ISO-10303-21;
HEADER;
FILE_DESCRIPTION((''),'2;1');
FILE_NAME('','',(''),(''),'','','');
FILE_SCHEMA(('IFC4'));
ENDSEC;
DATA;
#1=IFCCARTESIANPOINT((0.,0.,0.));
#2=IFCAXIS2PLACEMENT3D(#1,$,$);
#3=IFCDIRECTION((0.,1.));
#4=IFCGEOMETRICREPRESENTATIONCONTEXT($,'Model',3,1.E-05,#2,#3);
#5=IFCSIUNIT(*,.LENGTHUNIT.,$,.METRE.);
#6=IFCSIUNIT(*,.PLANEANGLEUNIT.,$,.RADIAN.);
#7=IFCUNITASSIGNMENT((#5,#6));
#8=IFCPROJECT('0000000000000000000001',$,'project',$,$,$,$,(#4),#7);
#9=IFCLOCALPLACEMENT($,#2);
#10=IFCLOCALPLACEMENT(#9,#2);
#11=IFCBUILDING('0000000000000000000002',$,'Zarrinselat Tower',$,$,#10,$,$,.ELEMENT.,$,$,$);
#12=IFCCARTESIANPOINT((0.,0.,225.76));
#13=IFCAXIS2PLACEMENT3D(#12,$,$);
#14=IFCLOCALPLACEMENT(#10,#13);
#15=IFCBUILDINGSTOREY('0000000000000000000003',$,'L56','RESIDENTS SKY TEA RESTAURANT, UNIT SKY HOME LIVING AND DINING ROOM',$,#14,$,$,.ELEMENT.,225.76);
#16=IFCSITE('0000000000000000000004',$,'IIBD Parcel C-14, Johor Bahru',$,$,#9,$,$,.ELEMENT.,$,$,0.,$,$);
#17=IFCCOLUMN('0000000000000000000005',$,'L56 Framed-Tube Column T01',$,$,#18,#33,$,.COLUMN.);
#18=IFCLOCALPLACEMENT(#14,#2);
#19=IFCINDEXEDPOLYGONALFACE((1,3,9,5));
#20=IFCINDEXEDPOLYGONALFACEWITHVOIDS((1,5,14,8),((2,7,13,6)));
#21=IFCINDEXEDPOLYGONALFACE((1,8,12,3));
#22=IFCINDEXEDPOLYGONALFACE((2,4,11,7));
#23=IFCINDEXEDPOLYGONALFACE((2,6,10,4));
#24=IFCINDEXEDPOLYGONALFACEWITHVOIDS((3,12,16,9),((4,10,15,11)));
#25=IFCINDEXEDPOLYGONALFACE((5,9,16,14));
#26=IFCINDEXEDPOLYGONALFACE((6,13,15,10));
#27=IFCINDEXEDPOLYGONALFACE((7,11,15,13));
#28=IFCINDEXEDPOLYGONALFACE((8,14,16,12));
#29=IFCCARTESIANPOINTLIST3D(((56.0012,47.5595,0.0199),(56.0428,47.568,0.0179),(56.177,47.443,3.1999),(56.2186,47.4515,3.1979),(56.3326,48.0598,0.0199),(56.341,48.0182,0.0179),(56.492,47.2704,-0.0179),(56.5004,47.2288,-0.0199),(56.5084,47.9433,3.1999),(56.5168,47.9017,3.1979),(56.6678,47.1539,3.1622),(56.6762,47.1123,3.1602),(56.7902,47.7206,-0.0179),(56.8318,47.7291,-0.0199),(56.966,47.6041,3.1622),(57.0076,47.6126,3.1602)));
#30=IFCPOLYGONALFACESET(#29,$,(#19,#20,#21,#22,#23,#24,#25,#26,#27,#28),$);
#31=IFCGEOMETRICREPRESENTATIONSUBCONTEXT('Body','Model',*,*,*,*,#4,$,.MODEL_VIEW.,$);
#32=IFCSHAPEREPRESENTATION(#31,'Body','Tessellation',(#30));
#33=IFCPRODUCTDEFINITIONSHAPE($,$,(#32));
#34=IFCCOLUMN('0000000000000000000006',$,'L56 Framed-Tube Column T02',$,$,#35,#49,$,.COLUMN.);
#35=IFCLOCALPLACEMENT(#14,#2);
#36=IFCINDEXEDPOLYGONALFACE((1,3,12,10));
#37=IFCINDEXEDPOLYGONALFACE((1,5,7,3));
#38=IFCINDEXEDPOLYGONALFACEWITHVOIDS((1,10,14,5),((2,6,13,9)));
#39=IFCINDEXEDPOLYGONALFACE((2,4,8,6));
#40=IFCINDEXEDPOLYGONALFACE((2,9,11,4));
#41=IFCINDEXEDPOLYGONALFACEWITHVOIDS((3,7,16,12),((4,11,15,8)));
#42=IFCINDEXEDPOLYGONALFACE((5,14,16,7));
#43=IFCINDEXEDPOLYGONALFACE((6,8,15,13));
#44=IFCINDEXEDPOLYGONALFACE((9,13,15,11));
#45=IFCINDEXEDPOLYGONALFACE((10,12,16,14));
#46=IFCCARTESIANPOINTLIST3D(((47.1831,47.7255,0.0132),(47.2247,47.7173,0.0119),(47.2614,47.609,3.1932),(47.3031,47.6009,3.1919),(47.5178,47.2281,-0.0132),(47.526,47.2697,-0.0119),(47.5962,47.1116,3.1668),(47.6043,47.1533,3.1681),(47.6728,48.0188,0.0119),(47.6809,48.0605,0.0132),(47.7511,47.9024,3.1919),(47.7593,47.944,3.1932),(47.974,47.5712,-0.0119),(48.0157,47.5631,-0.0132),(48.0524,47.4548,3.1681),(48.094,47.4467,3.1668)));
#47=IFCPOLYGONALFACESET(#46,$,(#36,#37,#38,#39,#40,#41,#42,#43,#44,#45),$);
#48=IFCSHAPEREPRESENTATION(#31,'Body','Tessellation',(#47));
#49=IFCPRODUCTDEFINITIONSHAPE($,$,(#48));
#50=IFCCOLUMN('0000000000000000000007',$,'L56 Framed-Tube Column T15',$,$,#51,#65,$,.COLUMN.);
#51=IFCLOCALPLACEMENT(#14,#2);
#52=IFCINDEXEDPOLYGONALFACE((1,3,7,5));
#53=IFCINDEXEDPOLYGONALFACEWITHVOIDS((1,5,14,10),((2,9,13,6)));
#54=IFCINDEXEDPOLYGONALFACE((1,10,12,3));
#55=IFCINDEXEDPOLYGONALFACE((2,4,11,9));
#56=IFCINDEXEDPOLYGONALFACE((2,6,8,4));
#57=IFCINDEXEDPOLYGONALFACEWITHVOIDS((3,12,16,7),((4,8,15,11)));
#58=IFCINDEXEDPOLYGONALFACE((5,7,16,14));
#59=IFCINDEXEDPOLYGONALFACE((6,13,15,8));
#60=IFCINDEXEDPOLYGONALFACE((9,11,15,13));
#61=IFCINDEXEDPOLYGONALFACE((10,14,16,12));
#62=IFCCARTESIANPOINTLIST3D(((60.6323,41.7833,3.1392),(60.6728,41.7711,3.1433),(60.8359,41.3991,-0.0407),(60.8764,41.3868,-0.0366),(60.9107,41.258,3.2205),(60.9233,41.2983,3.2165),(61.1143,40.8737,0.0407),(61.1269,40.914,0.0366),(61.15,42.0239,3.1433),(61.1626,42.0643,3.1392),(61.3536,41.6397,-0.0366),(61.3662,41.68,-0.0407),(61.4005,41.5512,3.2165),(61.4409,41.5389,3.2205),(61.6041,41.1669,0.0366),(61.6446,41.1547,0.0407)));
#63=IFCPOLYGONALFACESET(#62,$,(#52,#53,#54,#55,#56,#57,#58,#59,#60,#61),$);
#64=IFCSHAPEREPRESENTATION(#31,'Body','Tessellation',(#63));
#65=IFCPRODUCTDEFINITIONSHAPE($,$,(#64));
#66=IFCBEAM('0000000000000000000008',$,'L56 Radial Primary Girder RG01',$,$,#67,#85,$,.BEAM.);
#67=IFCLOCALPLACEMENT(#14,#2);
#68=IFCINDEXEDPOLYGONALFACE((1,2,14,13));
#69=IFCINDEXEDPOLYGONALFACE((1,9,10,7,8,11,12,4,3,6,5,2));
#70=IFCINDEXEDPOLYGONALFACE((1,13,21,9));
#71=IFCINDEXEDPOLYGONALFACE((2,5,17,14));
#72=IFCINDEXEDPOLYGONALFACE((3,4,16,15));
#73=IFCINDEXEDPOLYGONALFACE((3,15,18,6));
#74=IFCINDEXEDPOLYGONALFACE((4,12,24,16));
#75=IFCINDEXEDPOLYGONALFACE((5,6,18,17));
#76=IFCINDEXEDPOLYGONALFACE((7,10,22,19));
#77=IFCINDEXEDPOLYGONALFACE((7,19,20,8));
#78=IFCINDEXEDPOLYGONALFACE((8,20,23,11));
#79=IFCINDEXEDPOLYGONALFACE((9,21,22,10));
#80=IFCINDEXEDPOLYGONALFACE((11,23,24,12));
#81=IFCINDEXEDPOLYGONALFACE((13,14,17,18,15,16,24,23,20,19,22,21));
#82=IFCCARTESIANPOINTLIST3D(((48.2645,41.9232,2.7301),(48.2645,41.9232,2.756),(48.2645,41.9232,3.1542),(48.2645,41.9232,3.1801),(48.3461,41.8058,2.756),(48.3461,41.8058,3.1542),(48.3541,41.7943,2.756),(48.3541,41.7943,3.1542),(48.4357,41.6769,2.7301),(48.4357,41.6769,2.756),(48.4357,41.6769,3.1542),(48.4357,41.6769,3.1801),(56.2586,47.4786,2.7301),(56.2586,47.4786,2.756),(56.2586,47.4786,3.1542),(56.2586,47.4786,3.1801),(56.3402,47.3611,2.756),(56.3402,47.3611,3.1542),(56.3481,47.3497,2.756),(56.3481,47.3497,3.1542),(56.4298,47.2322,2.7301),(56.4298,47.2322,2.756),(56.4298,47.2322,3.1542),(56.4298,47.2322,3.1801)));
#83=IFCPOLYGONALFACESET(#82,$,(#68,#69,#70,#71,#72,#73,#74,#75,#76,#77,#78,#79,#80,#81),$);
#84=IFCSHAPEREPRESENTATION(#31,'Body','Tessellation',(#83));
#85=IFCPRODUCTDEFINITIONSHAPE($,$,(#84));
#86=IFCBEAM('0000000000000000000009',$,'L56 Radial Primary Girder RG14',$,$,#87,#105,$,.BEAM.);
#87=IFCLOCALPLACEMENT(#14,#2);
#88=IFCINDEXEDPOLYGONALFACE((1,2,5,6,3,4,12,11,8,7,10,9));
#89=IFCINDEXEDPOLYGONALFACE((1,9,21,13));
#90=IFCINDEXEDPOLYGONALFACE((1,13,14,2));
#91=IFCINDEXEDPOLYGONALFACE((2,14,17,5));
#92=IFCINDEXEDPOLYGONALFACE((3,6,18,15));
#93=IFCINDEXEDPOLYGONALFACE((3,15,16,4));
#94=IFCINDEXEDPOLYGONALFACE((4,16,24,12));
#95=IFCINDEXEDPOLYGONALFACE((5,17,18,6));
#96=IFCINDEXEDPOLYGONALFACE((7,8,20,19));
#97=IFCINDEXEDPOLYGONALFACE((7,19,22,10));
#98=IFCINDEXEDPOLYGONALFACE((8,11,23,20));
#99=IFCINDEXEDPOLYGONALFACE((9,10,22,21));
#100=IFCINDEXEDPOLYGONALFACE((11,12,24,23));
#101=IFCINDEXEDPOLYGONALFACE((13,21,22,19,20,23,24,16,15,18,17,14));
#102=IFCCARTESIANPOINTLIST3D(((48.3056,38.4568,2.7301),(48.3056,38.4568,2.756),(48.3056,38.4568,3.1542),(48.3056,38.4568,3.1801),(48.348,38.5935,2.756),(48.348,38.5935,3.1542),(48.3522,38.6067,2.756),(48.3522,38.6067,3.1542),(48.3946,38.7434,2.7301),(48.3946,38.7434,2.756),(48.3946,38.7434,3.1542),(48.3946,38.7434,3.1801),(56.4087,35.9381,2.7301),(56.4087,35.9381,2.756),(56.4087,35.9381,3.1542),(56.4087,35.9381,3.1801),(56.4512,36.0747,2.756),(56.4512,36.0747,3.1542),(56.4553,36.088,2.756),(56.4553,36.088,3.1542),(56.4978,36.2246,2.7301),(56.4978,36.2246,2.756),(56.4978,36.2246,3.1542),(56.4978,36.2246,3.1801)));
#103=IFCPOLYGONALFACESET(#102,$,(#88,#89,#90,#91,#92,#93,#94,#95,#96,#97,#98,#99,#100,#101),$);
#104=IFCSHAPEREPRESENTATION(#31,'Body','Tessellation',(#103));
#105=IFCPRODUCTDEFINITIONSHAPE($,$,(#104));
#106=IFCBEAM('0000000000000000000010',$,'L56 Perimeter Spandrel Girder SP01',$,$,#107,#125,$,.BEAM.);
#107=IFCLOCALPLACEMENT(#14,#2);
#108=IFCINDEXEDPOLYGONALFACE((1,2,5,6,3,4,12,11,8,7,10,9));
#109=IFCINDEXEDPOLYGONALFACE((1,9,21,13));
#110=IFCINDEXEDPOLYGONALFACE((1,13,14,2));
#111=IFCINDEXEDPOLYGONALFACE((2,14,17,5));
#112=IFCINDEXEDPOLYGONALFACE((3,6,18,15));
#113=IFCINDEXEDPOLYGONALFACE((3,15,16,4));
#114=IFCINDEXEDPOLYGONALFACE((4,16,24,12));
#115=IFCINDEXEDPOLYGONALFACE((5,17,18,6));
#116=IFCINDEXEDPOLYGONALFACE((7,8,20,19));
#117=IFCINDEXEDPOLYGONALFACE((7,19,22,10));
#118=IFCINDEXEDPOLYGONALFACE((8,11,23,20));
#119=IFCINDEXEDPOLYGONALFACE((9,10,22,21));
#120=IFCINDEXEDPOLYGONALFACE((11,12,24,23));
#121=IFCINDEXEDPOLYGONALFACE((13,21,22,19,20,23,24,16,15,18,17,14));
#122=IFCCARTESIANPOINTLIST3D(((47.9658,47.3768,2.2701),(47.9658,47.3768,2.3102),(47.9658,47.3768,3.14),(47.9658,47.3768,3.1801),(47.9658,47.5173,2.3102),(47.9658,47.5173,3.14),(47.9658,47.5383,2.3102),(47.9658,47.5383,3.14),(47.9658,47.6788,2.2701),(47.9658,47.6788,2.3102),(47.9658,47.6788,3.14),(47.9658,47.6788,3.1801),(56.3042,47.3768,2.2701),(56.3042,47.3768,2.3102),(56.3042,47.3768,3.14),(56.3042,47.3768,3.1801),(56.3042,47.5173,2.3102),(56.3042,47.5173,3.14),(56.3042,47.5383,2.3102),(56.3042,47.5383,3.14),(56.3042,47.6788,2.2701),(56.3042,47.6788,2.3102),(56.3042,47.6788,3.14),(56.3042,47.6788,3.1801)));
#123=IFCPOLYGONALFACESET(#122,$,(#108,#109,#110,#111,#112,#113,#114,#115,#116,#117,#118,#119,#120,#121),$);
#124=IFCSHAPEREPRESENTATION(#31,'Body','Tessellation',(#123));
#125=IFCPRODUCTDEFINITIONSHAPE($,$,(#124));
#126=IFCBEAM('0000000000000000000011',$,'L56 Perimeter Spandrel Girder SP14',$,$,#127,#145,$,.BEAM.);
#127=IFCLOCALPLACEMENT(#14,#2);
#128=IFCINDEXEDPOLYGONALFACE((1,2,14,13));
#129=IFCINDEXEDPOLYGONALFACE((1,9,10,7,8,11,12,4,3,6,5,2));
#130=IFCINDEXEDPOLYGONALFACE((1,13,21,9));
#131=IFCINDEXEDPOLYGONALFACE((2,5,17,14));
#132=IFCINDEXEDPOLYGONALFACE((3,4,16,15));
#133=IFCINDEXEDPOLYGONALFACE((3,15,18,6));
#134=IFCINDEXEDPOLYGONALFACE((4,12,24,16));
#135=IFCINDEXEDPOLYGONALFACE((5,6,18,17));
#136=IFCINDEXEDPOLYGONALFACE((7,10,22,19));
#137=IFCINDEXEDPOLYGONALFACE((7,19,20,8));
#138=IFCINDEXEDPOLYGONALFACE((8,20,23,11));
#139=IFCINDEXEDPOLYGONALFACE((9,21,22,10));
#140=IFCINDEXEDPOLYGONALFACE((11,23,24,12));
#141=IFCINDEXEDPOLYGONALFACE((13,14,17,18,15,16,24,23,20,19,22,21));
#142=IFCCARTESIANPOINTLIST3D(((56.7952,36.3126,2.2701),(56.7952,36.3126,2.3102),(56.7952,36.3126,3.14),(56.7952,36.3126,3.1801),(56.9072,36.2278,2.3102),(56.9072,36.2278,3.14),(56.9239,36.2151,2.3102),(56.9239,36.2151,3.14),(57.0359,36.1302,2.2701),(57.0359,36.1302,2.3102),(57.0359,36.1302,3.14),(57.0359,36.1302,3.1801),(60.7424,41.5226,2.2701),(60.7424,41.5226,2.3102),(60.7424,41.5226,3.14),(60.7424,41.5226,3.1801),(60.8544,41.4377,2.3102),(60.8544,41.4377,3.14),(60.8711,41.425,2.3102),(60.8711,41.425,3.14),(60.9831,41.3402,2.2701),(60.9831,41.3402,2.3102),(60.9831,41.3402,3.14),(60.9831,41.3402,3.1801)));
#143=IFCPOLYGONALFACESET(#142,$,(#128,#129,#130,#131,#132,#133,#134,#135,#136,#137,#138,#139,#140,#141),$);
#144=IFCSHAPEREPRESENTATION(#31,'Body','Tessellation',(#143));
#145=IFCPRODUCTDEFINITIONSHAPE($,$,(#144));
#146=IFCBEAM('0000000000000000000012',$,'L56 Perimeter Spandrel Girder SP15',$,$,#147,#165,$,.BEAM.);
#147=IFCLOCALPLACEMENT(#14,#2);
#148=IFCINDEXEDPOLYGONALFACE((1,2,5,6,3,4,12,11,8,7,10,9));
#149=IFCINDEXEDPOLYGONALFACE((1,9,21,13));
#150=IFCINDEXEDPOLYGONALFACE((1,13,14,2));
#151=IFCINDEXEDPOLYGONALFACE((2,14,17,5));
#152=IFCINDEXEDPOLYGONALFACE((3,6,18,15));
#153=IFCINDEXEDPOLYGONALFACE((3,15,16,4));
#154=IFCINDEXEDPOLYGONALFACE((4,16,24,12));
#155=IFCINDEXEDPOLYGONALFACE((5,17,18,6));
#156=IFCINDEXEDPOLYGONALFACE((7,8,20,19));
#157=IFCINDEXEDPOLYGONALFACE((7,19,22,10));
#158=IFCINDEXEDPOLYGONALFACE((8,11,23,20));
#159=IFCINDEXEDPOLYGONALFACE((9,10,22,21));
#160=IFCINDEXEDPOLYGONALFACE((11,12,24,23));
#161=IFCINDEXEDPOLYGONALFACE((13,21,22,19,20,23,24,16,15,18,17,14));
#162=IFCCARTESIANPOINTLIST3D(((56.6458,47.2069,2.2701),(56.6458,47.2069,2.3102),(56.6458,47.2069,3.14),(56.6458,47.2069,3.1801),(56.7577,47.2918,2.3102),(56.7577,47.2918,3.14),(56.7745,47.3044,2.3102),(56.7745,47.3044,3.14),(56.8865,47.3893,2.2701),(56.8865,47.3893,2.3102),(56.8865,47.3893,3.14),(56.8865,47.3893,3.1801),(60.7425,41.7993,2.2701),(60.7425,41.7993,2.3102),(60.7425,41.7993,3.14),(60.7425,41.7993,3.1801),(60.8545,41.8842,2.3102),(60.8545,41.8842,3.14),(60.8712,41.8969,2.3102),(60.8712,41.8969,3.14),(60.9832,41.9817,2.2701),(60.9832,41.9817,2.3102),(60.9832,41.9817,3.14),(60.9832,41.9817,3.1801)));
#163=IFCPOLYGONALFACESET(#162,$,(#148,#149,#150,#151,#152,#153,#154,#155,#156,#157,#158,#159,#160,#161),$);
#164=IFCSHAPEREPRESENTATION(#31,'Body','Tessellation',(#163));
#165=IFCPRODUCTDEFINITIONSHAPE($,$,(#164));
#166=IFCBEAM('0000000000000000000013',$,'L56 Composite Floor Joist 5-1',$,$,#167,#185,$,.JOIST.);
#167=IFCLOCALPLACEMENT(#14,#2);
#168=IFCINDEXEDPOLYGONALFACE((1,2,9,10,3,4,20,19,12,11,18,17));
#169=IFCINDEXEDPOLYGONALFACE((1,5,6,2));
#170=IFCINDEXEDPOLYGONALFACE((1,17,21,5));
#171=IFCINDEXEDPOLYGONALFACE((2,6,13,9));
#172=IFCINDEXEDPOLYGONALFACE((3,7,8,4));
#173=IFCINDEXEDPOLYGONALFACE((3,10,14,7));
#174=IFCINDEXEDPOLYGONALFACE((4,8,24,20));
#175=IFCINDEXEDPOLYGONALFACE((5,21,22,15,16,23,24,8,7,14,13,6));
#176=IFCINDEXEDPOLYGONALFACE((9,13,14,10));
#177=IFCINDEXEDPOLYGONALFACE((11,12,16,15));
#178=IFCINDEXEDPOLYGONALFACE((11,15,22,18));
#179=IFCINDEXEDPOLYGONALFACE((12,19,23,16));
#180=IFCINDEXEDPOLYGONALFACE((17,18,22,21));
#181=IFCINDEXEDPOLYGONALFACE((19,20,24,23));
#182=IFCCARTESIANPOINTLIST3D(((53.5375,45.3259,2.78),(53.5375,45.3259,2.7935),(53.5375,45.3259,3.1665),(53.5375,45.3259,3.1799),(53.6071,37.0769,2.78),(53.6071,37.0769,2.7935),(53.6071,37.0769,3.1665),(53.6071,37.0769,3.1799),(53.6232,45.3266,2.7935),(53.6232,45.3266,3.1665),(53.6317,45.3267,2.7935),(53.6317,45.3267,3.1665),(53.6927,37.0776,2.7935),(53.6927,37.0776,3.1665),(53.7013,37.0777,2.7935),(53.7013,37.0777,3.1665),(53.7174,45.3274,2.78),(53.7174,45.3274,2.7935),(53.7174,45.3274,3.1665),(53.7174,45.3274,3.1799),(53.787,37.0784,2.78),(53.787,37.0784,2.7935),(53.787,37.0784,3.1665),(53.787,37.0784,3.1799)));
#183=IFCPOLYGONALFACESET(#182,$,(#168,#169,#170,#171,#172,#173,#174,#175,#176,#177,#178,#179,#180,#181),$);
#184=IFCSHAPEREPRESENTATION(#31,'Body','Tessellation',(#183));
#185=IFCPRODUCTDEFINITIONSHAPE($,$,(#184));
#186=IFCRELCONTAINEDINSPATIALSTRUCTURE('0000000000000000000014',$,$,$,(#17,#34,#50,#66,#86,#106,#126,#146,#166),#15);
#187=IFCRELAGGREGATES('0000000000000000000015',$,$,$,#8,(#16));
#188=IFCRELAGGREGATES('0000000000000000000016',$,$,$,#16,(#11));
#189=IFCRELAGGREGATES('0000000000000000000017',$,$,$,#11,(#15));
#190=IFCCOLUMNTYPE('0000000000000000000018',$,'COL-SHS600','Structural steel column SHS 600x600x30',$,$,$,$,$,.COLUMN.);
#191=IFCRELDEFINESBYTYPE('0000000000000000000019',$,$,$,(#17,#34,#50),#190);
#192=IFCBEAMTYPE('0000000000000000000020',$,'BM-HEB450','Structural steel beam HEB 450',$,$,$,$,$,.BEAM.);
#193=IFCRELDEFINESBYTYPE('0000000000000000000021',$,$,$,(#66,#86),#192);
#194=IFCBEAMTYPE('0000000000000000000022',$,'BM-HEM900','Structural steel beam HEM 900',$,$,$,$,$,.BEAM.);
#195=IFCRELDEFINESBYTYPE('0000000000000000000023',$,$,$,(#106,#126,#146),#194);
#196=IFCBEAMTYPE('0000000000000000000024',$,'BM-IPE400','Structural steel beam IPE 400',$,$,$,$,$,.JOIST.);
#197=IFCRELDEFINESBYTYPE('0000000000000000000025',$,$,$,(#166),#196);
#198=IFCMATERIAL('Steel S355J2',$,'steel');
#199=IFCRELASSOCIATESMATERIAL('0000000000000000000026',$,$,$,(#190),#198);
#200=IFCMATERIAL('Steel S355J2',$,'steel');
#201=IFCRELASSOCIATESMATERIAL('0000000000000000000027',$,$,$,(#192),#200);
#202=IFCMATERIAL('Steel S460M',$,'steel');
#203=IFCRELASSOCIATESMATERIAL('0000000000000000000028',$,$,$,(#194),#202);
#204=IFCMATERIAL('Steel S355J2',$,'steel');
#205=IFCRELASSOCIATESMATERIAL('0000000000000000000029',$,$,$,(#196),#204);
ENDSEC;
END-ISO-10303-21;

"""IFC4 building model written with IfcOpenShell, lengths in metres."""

from ifc_helpers import new_model, si_unit, direction, frame, origin, origin_2d, place, context, subcontext, project, spatial, hollow_rectangle, i_section, extrude, material, material_profile, profile_set, type_object, element, save


model = new_model("IFC4")

# Units and contexts
model_context = context("Model", 3, precision=1e-05, world=origin(), true_north=direction((0.0, 1.0)))
body_context = subcontext(model_context, "Body", "Model", "MODEL_VIEW")
ifc_project = project(units=[si_unit("LENGTHUNIT", "METRE"), si_unit("PLANEANGLEUNIT", "RADIAN")], contexts=[model_context])

# Site, building, storey
site_placement = place(None, origin())
site = spatial("IfcSite", under=ifc_project, at=site_placement, Name="IIBD Parcel C-14, Johor Bahru", CompositionType="ELEMENT", RefElevation=0.0)
building_placement = place(site_placement, origin())
building = spatial("IfcBuilding", under=site, at=building_placement, Name="Zarrinselat Tower", CompositionType="ELEMENT")
storey_placement = place(building_placement, frame((0.0, 0.0, 225.76)))
storey = spatial("IfcBuildingStorey", under=building, at=storey_placement, Name="L56", Description="RESIDENTS SKY TEA RESTAURANT, UNIT SKY HOME LIVING AND DINING ROOM", CompositionType="ELEMENT", Elevation=225.76)

# Columns
ifc_material_1 = material(Name="Steel S355J2", Category="steel")
ifc_material_profile_1 = material_profile(ifc_material_1, hollow_rectangle(XDim=0.6001, YDim=0.6001, WallThickness=0.03, at=origin_2d()), Name="SHS 600x600x30")
ifc_profile_set_1 = profile_set([ifc_material_profile_1], Name="Steel S355J2")
column_type = type_object("IfcColumnType", Name="COL-SHS600", Description="Structural steel column SHS 600x600x30", PredefinedType="COLUMN", material=ifc_profile_set_1)
column_1_placement = place(storey_placement, frame((56.4165, 47.6443, 0.0), z_axis=(0.055157, -0.036542, 0.997809), x_axis=(0.552293, 0.83365, 0.0)))
element("IfcColumn", 1, at=column_1_placement, inside=storey, type_object=column_type, Name="L56 Framed-Tube Column T01", PredefinedType="COLUMN", context=body_context, shape_type="SweptSolid", body=[
    extrude(hollow_rectangle(XDim=0.6001, YDim=0.6001, WallThickness=0.03, at=origin_2d()), origin(), (0.0, 0.0, 1.0), 3.187),
])
column_2_placement = place(storey_placement, frame((47.5994, 47.6443, 0.0), z_axis=(0.024621, -0.036586, 0.999027), x_axis=(0.829634, 0.558307, 0.0)))
element("IfcColumn", 2, at=column_2_placement, inside=storey, type_object=column_type, Name="L56 Framed-Tube Column T02", PredefinedType="COLUMN", context=body_context, shape_type="SweptSolid", body=[
    extrude(hollow_rectangle(XDim=0.6001, YDim=0.6001, WallThickness=0.03, at=origin_2d()), origin(), (0.0, 0.0, 1.0), 3.1831),
])
column_3_placement = place(storey_placement, frame((61.2402, 41.2769, 0.0), z_axis=(-0.06344, 0.11973, 0.990778), x_axis=(-0.883624, -0.468197, 0.0)))
element("IfcColumn", 3, at=column_3_placement, inside=storey, type_object=column_type, Name="L56 Framed-Tube Column T15", PredefinedType="COLUMN", context=body_context, shape_type="SweptSolid", body=[
    extrude(hollow_rectangle(XDim=0.6001, YDim=0.6001, WallThickness=0.03, at=origin_2d()), origin(), (0.0, 0.0, 1.0), 3.2095),
])

# Beams
ifc_material_2 = material(Name="Steel S355J2", Category="steel")
ifc_material_profile_2 = material_profile(ifc_material_2, i_section(OverallWidth=0.3, OverallDepth=0.45, WebThickness=0.0139, FlangeThickness=0.0259, at=origin_2d()), Name="HEB 450")
ifc_profile_set_2 = profile_set([ifc_material_profile_2], Name="Steel S355J2")
beam_type_1 = type_object("IfcBeamType", Name="BM-HEB450", Description="Structural steel beam HEB 450", PredefinedType="BEAM", material=ifc_profile_set_2)
beam_1_placement = place(storey_placement, frame((48.3501, 41.8, 2.9551), z_axis=(0.821181, 0.570668, 0.0), x_axis=(-0.570668, 0.821181, 0.0)))
element("IfcBeam", 4, at=beam_1_placement, inside=storey, type_object=beam_type_1, Name="L56 Radial Primary Girder RG01", PredefinedType="BEAM", context=body_context, shape_type="SweptSolid", body=[
    extrude(i_section(OverallWidth=0.3, OverallDepth=0.45, WebThickness=0.0139, FlangeThickness=0.0259, at=origin_2d()), origin(), (0.0, 0.0, 1.0), 9.7349),
])
beam_2_placement = place(storey_placement, frame((48.3501, 38.6001, 2.9551), z_axis=(0.954931, -0.296828, 0.0), x_axis=(0.296828, 0.954931, 0.0)))
element("IfcBeam", 5, at=beam_2_placement, inside=storey, type_object=beam_type_1, Name="L56 Radial Primary Girder RG14", PredefinedType="BEAM", context=body_context, shape_type="SweptSolid", body=[
    extrude(i_section(OverallWidth=0.3, OverallDepth=0.45, WebThickness=0.0139, FlangeThickness=0.0259, at=origin_2d()), origin(), (0.0, 0.0, 1.0), 8.4856),
])
ifc_material_3 = material(Name="Steel S460M", Category="steel")
ifc_material_profile_3 = material_profile(ifc_material_3, i_section(OverallWidth=0.302, OverallDepth=0.9099, WebThickness=0.021, FlangeThickness=0.04, at=origin_2d()), Name="HEM 900")
ifc_profile_set_3 = profile_set([ifc_material_profile_3], Name="Steel S460M")
beam_type_2 = type_object("IfcBeamType", Name="BM-HEM900", Description="Structural steel beam HEM 900", PredefinedType="BEAM", material=ifc_profile_set_3)
beam_3_placement = place(storey_placement, frame((47.9658, 47.5278, 2.7251), z_axis=(1.0, 0.0, 0.0), x_axis=(0.0, 1.0, 0.0)))
element("IfcBeam", 6, at=beam_3_placement, inside=storey, type_object=beam_type_2, Name="L56 Perimeter Spandrel Girder SP01", PredefinedType="BEAM", context=body_context, shape_type="SweptSolid", body=[
    extrude(i_section(OverallWidth=0.302, OverallDepth=0.9099, WebThickness=0.021, FlangeThickness=0.04, at=origin_2d()), origin(), (0.0, 0.0, 1.0), 8.3384),
])
beam_4_placement = place(storey_placement, frame((56.9155, 36.2214, 2.7251), z_axis=(0.603889, 0.797068, 0.0), x_axis=(-0.797068, 0.603889, 0.0)))
element("IfcBeam", 7, at=beam_4_placement, inside=storey, type_object=beam_type_2, Name="L56 Perimeter Spandrel Girder SP14", PredefinedType="BEAM", context=body_context, shape_type="SweptSolid", body=[
    extrude(i_section(OverallWidth=0.302, OverallDepth=0.9099, WebThickness=0.021, FlangeThickness=0.04, at=origin_2d()), origin(), (0.0, 0.0, 1.0), 6.5364),
])
beam_5_placement = place(storey_placement, frame((56.7661, 47.2981, 2.7251), z_axis=(0.603868, -0.797084, 0.0), x_axis=(0.797084, 0.603868, 0.0)))
element("IfcBeam", 8, at=beam_5_placement, inside=storey, type_object=beam_type_2, Name="L56 Perimeter Spandrel Girder SP15", PredefinedType="BEAM", context=body_context, shape_type="SweptSolid", body=[
    extrude(i_section(OverallWidth=0.302, OverallDepth=0.9099, WebThickness=0.021, FlangeThickness=0.04, at=origin_2d()), origin(), (0.0, 0.0, 1.0), 6.7842),
])
ifc_material_4 = material(Name="Steel S355J2", Category="steel")
ifc_material_profile_4 = material_profile(ifc_material_4, i_section(OverallWidth=0.1799, OverallDepth=0.3999, WebThickness=0.0085, FlangeThickness=0.0134, at=origin_2d()), Name="IPE 400")
ifc_profile_set_4 = profile_set([ifc_material_profile_4], Name="Steel S355J2")
beam_type_3 = type_object("IfcBeamType", Name="BM-IPE400", Description="Structural steel beam IPE 400", PredefinedType="JOIST", material=ifc_profile_set_4)
beam_6_placement = place(storey_placement, frame((53.6274, 45.3267, 2.98), z_axis=(0.008435, -0.999964, 0.0), x_axis=(0.999964, 0.008435, 0.0)))
element("IfcBeam", 9, at=beam_6_placement, inside=storey, type_object=beam_type_3, Name="L56 Composite Floor Joist 5-1", PredefinedType="JOIST", context=body_context, shape_type="SweptSolid", body=[
    extrude(i_section(OverallWidth=0.1799, OverallDepth=0.3999, WebThickness=0.0085, FlangeThickness=0.0134, at=origin_2d()), origin(), (0.0, 0.0, 1.0), 8.2493),
])

save(model, "model.ifc")
